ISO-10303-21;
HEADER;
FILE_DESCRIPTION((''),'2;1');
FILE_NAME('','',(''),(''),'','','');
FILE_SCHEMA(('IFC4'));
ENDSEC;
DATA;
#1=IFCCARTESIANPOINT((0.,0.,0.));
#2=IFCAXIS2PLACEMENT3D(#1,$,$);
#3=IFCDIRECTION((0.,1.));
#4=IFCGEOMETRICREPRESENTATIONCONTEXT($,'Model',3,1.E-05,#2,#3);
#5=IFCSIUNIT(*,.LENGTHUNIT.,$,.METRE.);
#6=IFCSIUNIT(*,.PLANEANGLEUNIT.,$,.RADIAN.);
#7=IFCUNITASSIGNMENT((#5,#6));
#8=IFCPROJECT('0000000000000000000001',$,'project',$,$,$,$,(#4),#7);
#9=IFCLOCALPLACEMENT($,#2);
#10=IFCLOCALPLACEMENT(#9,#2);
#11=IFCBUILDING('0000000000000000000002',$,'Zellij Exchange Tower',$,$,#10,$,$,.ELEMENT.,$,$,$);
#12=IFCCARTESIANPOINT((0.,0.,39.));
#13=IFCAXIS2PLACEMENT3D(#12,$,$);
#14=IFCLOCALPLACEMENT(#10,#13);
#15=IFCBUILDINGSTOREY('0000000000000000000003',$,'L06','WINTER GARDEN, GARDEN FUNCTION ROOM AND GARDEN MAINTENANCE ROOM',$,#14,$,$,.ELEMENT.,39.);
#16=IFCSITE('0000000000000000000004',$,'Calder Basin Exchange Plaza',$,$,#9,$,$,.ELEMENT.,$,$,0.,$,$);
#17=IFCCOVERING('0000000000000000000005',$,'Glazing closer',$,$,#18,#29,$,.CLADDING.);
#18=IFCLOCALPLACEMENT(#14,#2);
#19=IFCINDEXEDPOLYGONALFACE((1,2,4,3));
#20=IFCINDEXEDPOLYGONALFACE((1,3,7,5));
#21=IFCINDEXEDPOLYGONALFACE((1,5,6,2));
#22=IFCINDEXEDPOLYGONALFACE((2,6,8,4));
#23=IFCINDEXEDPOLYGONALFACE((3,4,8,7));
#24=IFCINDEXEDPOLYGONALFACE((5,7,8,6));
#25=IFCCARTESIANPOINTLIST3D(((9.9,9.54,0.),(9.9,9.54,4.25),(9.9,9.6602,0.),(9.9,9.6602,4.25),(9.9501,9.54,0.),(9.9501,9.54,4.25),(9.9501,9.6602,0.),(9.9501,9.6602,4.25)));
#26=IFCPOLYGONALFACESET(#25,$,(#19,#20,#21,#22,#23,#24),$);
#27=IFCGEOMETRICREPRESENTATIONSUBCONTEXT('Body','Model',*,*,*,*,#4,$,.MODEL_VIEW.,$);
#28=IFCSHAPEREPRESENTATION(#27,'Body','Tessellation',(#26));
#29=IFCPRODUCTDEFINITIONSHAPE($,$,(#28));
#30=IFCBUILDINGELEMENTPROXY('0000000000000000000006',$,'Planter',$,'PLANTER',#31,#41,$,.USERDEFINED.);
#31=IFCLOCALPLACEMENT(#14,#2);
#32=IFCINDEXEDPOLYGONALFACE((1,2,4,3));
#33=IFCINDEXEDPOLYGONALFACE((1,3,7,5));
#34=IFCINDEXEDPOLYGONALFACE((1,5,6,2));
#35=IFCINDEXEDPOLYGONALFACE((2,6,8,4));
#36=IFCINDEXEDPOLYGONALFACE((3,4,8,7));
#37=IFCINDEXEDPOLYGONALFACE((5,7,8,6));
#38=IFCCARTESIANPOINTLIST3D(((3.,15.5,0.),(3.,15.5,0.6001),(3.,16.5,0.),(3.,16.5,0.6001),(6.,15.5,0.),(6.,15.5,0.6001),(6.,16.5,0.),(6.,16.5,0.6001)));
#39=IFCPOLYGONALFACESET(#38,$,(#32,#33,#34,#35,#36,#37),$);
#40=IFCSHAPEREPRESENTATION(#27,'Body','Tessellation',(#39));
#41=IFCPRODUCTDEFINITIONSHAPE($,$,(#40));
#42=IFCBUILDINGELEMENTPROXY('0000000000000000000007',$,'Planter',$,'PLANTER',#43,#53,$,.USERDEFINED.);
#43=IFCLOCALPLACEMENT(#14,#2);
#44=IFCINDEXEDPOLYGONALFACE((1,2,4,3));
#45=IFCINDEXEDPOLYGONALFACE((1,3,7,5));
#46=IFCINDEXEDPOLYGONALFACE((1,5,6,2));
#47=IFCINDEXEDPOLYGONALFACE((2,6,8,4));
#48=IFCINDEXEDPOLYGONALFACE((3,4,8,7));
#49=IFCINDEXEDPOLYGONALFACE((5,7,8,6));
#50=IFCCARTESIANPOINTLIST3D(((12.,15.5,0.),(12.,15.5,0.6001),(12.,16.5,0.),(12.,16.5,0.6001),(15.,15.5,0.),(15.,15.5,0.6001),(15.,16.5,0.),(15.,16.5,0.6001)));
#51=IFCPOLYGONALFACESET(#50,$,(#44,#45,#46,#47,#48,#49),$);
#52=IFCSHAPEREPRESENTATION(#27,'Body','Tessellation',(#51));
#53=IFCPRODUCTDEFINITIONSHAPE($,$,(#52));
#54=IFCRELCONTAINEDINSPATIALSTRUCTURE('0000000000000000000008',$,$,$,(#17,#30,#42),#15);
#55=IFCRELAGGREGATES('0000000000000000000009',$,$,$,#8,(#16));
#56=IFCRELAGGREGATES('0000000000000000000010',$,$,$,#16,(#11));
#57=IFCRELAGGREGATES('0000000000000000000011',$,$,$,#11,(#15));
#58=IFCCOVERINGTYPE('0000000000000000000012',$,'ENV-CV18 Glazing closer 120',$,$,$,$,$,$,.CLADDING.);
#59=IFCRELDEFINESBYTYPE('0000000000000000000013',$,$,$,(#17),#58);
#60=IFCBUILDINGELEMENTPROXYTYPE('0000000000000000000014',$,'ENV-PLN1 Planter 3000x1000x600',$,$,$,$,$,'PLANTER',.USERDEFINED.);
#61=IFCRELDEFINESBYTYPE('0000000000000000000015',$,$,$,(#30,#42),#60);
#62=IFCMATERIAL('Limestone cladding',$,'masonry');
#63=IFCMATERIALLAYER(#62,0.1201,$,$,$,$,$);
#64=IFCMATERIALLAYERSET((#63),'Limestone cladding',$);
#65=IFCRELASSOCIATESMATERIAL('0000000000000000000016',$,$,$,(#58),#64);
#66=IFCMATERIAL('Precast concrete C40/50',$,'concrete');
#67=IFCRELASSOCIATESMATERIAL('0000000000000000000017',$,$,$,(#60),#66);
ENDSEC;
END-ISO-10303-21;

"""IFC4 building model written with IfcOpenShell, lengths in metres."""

from ifc_helpers import new_model, si_unit, direction, frame, origin, origin_2d, place, context, subcontext, project, spatial, rectangle, extrude, material, layer, layer_set, type_object, element, save


model = new_model("IFC4")

# Units and contexts
model_context = context("Model", 3, precision=1e-05, world=origin(), true_north=direction((0.0, 1.0)))
body_context = subcontext(model_context, "Body", "Model", "MODEL_VIEW")
ifc_project = project(units=[si_unit("LENGTHUNIT", "METRE"), si_unit("PLANEANGLEUNIT", "RADIAN")], contexts=[model_context])

# Site, building, storey
site_placement = place(None, origin())
site = spatial("IfcSite", under=ifc_project, at=site_placement, Name="Calder Basin Exchange Plaza", CompositionType="ELEMENT", RefElevation=0.0)
building_placement = place(site_placement, origin())
building = spatial("IfcBuilding", under=site, at=building_placement, Name="Zellij Exchange Tower", CompositionType="ELEMENT")
storey_placement = place(building_placement, frame((0.0, 0.0, 39.0)))
storey = spatial("IfcBuildingStorey", under=building, at=storey_placement, Name="L06", Description="WINTER GARDEN, GARDEN FUNCTION ROOM AND GARDEN MAINTENANCE ROOM", CompositionType="ELEMENT", Elevation=39.0)

# Shared definitions
ifc_material_1 = material(Name="Precast concrete C40/50", Category="concrete")

# Covering
ifc_material_2 = material(Name="Limestone cladding", Category="masonry")
ifc_layer_1 = layer(ifc_material_2, 0.1201)
ifc_layer_set_1 = layer_set([ifc_layer_1], Name="Limestone cladding")
covering_type = type_object("IfcCoveringType", Name="ENV-CV18 Glazing closer 120", PredefinedType="CLADDING", material=ifc_layer_set_1)
covering_1_placement = place(storey_placement, frame((9.925, 9.6001, 0.0), z_axis=(0.0, 0.0, 1.0), x_axis=(-1.0, 0.0, 0.0)))
element("IfcCovering", 1, at=covering_1_placement, inside=storey, type_object=covering_type, Name="Glazing closer", PredefinedType="CLADDING", context=body_context, shape_type="SweptSolid", body=[
    extrude(rectangle(XDim=0.05, YDim=0.1201, at=origin_2d()), origin(), (0.0, 0.0, 1.0), 4.25),
])

# Building element proxies
building_element_proxy_type = type_object("IfcBuildingElementProxyType", Name="ENV-PLN1 Planter 3000x1000x600", ElementType="PLANTER", PredefinedType="USERDEFINED", material=ifc_material_1)
for number, where, z_axis, x_axis, name in (
    (2, (4.5, 16.0, 0.0), (0.0, 0.0, 1.0), (1.0, 0.0, 0.0), "Planter"),
    (3, (13.5, 16.0, 0.0), (0.0, 0.0, 1.0), (1.0, 0.0, 0.0), "Planter"),
):
    element("IfcBuildingElementProxy", number, at=place(storey_placement, frame(where, z_axis=z_axis, x_axis=x_axis)), inside=storey, type_object=building_element_proxy_type, Name=name, ObjectType="PLANTER", PredefinedType="USERDEFINED", context=body_context, shape_type="SweptSolid", body=[
        extrude(rectangle(XDim=3.0, YDim=1.0, at=origin_2d()), origin(), (0.0, 0.0, 1.0), 0.6001),
    ])

save(model, "model.ifc")
